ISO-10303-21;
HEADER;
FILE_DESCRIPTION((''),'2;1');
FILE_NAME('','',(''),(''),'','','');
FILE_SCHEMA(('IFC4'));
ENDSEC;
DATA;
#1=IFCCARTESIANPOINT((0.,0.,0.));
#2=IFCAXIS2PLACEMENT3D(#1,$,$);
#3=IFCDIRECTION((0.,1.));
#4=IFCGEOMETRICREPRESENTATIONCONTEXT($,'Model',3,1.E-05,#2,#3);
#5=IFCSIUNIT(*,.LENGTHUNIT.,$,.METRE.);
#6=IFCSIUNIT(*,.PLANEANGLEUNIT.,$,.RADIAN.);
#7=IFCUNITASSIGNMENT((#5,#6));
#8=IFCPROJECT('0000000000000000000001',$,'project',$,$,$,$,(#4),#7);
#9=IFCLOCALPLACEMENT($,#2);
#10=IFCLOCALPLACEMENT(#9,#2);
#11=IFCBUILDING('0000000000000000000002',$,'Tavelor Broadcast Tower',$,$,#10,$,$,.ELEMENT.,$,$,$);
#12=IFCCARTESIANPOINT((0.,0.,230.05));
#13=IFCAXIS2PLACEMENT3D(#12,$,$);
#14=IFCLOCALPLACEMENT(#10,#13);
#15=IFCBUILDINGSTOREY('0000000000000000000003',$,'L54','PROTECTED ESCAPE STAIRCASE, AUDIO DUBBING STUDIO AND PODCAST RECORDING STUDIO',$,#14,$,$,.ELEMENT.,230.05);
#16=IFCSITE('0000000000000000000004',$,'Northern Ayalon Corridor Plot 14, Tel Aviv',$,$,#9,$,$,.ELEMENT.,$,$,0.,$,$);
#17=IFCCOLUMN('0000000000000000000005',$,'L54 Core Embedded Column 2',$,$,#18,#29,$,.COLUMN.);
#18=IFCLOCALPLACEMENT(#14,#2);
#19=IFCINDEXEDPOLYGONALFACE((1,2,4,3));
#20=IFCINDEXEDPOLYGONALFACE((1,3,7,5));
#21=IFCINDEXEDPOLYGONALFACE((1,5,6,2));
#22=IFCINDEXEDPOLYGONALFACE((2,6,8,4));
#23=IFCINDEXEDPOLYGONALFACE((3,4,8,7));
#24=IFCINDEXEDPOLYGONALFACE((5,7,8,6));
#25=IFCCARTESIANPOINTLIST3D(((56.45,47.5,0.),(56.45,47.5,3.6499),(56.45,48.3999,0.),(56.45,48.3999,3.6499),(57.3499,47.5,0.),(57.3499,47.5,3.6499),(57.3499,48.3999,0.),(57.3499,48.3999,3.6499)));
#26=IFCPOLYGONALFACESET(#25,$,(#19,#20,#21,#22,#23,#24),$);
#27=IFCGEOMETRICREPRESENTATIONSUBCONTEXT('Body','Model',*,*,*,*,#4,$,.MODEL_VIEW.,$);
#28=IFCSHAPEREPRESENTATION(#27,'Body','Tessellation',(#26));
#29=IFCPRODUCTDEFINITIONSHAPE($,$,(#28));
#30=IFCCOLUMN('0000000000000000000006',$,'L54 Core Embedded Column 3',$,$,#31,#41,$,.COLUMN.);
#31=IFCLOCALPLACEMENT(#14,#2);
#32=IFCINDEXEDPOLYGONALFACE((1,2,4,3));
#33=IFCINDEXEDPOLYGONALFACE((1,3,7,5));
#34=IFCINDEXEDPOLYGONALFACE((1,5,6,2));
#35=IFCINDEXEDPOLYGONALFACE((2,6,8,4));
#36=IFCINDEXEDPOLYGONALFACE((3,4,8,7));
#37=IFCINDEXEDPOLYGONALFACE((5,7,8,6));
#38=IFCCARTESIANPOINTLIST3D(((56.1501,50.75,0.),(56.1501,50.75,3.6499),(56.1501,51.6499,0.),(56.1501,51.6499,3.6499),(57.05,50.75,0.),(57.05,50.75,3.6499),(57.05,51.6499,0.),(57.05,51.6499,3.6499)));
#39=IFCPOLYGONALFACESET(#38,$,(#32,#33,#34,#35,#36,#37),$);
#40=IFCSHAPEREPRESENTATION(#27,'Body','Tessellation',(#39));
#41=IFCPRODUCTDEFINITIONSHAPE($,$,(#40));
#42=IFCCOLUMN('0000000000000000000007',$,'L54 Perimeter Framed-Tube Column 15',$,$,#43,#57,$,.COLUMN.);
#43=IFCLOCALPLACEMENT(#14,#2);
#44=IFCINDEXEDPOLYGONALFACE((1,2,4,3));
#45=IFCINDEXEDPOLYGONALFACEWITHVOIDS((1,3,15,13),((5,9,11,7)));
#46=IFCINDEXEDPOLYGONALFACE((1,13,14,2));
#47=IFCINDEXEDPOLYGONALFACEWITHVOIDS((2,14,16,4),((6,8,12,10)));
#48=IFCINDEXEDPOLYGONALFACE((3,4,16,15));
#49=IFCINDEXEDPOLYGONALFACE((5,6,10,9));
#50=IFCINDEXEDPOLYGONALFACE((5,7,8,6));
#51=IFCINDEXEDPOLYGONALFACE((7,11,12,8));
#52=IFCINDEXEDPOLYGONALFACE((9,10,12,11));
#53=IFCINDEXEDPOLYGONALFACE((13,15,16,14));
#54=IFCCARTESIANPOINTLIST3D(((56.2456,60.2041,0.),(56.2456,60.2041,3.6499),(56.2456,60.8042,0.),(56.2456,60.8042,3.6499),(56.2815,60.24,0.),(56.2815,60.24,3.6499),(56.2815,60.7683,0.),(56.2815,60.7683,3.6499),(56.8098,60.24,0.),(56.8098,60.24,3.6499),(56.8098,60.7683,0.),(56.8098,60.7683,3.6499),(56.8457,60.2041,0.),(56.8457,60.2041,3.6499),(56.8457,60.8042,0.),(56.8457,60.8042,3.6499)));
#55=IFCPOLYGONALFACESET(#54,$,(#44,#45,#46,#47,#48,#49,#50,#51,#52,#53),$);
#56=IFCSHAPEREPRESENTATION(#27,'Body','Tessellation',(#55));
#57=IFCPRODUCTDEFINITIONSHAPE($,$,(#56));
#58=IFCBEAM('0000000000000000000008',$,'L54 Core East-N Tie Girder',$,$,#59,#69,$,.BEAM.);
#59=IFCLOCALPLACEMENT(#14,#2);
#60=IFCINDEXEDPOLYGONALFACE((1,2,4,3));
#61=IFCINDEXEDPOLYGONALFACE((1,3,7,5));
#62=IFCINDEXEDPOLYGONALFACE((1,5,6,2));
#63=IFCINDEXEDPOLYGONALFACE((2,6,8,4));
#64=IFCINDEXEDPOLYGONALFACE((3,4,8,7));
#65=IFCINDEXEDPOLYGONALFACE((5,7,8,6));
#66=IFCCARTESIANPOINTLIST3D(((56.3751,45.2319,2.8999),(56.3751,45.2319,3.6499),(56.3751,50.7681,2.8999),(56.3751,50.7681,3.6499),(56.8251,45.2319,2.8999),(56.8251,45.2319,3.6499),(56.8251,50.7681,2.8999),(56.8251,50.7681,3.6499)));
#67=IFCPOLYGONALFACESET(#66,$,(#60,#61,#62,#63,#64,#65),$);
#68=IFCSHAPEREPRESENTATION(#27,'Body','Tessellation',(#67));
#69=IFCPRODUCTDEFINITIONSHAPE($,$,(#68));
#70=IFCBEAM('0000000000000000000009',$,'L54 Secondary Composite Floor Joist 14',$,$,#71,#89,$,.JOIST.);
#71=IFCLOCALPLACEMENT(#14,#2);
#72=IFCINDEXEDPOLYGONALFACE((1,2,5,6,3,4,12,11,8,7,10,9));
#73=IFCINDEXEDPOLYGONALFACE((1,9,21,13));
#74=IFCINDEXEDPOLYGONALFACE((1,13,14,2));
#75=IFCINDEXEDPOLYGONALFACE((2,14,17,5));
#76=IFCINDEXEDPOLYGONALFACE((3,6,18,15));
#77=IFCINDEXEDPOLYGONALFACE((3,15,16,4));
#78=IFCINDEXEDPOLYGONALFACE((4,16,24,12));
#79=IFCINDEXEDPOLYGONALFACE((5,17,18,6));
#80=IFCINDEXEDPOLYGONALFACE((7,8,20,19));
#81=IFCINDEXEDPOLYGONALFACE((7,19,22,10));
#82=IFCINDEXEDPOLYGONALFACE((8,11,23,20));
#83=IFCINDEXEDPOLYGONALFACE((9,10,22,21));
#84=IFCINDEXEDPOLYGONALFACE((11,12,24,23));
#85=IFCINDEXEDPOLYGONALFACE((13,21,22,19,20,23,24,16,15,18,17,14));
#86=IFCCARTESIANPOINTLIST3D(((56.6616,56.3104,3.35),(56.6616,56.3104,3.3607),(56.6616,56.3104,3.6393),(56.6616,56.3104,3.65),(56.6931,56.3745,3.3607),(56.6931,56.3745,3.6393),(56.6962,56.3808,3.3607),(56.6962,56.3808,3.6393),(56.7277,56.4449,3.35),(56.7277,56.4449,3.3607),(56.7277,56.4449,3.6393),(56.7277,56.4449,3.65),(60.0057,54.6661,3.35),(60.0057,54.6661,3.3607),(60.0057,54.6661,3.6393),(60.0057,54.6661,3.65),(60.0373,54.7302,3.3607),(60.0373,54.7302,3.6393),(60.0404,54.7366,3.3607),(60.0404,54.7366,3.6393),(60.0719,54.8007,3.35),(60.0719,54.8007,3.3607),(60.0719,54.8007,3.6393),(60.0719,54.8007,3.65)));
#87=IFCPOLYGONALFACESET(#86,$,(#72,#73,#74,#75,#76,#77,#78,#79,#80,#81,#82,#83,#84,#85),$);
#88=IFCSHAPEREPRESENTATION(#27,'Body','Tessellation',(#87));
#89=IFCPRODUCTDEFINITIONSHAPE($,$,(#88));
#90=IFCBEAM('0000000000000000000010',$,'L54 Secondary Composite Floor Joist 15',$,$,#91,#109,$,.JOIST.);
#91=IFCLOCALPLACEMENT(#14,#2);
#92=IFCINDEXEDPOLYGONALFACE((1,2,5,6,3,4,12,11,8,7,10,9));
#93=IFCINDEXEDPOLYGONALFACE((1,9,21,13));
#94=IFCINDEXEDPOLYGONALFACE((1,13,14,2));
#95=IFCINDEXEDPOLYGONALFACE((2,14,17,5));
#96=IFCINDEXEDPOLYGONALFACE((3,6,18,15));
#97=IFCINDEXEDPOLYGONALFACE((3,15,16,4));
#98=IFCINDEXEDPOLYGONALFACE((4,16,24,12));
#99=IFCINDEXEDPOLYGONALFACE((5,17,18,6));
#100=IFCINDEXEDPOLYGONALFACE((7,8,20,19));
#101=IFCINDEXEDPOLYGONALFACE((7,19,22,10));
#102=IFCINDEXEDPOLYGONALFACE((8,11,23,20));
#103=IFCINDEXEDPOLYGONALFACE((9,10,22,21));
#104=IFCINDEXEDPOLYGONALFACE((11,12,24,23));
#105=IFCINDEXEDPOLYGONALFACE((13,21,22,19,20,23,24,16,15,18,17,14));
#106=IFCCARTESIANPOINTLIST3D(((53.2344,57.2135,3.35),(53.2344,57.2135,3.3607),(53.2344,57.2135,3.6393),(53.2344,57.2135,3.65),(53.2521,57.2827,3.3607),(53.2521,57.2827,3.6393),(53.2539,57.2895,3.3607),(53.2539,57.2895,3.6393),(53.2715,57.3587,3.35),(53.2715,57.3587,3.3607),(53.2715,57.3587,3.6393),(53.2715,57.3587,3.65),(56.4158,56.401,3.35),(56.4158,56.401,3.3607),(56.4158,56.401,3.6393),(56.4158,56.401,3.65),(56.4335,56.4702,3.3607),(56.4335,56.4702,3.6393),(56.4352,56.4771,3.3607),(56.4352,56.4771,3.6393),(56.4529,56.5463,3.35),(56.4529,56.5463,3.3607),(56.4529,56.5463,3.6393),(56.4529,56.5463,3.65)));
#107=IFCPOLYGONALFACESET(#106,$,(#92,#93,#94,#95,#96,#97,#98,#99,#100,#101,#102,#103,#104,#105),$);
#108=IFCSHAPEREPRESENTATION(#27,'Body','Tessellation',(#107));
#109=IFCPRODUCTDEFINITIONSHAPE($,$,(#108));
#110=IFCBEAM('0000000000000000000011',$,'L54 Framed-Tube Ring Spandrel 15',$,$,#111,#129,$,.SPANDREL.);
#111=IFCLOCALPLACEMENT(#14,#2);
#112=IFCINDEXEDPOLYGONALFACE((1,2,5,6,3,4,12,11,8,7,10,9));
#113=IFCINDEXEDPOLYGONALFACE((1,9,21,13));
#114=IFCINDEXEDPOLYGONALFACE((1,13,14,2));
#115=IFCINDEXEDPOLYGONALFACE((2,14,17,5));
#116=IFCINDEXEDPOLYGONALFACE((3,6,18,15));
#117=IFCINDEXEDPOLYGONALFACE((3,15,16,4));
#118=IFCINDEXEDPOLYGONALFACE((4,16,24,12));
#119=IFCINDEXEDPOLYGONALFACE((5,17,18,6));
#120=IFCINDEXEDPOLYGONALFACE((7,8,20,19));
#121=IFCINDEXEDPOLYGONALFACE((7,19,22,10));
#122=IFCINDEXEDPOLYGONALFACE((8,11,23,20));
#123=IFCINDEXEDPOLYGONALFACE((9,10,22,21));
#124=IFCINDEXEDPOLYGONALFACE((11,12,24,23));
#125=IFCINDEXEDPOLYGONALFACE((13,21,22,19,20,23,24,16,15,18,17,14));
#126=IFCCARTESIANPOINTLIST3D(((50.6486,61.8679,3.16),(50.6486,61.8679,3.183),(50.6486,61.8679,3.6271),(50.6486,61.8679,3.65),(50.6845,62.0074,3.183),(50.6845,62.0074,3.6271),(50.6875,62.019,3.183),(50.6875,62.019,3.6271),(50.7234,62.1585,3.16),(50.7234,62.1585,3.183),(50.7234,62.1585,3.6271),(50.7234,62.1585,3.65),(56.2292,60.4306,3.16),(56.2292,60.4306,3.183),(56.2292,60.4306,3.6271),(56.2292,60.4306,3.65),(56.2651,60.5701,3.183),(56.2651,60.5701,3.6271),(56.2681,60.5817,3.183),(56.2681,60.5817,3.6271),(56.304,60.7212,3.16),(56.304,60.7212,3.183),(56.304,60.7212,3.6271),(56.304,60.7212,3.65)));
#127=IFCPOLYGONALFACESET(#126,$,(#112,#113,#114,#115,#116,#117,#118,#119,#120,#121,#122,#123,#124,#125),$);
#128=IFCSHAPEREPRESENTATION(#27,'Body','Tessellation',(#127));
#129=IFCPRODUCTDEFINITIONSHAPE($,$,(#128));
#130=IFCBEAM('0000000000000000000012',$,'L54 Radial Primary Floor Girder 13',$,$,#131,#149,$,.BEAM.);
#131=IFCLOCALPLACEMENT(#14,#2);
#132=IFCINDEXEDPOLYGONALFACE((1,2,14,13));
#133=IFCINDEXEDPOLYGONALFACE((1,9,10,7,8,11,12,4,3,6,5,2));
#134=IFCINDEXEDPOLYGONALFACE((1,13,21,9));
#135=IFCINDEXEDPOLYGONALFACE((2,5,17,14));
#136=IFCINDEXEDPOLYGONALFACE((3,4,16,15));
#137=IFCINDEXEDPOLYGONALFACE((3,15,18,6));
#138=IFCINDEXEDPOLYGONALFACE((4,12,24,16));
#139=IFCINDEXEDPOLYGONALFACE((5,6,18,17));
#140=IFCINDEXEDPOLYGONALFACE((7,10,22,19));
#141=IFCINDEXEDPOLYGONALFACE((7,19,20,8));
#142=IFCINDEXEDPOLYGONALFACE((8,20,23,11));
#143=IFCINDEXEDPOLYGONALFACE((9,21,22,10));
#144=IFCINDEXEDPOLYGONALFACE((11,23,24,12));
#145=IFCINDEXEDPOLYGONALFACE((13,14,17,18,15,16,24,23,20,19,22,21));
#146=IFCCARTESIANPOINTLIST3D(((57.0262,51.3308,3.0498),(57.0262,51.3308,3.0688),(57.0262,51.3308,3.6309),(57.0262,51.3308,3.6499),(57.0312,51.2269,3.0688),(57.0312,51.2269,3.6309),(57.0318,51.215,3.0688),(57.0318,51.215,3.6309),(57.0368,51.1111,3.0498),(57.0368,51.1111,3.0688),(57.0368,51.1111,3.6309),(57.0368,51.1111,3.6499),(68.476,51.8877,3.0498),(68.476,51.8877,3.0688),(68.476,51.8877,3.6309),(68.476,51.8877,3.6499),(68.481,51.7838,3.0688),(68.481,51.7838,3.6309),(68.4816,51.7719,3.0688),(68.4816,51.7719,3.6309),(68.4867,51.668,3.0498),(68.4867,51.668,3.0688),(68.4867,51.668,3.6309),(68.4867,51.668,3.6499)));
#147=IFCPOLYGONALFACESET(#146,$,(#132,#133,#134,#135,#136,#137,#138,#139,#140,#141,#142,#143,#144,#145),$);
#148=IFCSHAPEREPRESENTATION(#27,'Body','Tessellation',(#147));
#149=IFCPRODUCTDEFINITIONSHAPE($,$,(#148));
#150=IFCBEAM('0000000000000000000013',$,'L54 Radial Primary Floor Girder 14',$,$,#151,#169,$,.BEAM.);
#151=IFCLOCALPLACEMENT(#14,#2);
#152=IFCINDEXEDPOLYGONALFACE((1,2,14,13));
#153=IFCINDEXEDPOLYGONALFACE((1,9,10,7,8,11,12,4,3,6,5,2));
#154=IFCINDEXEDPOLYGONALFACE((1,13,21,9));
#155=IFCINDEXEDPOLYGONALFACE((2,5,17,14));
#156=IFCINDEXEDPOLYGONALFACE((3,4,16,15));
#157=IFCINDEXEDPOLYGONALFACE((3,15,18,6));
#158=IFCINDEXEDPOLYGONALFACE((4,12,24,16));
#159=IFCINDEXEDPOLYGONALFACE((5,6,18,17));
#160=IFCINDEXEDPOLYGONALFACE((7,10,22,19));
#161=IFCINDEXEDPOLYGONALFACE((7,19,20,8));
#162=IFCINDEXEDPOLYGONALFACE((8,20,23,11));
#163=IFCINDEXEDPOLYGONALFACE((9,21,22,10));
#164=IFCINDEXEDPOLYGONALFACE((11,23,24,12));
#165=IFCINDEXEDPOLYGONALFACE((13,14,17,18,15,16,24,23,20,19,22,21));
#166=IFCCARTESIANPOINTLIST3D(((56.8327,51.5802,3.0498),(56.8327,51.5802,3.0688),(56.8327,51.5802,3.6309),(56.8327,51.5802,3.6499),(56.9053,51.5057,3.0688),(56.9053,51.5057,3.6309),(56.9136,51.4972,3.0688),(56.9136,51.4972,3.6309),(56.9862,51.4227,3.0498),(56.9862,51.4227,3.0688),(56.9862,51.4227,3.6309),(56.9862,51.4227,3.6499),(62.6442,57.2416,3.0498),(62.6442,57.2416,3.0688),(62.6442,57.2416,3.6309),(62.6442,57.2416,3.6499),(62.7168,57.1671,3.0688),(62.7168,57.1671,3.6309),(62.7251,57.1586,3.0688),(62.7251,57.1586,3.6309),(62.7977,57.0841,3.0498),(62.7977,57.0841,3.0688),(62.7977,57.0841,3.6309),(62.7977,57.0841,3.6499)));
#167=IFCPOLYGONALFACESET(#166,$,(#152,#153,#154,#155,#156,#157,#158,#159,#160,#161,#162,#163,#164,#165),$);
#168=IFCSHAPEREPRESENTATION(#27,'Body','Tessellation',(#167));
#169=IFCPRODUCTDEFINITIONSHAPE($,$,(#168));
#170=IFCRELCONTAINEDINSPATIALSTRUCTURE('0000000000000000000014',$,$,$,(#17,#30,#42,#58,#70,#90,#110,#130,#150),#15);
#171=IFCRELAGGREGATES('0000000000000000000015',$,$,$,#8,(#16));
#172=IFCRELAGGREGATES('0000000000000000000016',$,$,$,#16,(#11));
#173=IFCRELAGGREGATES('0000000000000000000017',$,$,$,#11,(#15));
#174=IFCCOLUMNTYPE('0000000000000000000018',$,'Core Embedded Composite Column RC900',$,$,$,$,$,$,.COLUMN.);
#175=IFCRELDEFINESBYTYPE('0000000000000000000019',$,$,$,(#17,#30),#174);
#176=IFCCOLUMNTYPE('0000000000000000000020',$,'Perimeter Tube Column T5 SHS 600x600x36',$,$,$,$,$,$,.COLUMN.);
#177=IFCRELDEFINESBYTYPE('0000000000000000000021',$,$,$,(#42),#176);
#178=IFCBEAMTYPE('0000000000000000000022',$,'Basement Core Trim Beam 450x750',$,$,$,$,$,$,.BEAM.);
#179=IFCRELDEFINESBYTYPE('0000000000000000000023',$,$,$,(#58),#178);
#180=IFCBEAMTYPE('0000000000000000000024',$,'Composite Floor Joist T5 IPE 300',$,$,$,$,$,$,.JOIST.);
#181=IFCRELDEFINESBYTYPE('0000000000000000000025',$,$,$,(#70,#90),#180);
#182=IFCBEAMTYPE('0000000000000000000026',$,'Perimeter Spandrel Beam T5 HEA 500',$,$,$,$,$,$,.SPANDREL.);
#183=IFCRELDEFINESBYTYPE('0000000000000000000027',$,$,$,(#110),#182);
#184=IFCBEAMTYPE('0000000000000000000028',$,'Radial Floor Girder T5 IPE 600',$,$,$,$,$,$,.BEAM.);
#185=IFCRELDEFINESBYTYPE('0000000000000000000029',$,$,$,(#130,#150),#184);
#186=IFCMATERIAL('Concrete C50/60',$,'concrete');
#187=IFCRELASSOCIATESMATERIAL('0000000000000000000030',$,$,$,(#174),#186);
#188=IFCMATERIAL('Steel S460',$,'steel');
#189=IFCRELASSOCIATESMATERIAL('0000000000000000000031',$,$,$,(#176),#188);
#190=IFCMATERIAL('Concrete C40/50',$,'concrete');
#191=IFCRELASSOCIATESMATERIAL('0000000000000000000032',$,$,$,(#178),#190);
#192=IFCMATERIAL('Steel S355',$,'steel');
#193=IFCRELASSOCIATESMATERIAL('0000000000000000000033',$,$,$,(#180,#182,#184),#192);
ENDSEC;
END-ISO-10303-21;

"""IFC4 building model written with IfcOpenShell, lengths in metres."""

from ifc_helpers import new_model, si_unit, direction, frame, origin, origin_2d, place, context, subcontext, project, spatial, rectangle, hollow_rectangle, i_section, extrude, material, material_profile, profile_set, type_object, element, save


model = new_model("IFC4")

# Units and contexts
model_context = context("Model", 3, precision=1e-05, world=origin(), true_north=direction((0.0, 1.0)))
body_context = subcontext(model_context, "Body", "Model", "MODEL_VIEW")
ifc_project = project(units=[si_unit("LENGTHUNIT", "METRE"), si_unit("PLANEANGLEUNIT", "RADIAN")], contexts=[model_context])

# Site, building, storey
site_placement = place(None, origin())
site = spatial("IfcSite", under=ifc_project, at=site_placement, Name="Northern Ayalon Corridor Plot 14, Tel Aviv", CompositionType="ELEMENT", RefElevation=0.0)
building_placement = place(site_placement, origin())
building = spatial("IfcBuilding", under=site, at=building_placement, Name="Tavelor Broadcast Tower", CompositionType="ELEMENT")
storey_placement = place(building_placement, frame((0.0, 0.0, 230.05)))
storey = spatial("IfcBuildingStorey", under=building, at=storey_placement, Name="L54", Description="PROTECTED ESCAPE STAIRCASE, AUDIO DUBBING STUDIO AND PODCAST RECORDING STUDIO", CompositionType="ELEMENT", Elevation=230.05)

# Columns
ifc_material_1 = material(Name="Concrete C50/60", Category="concrete")
ifc_material_profile_1 = material_profile(ifc_material_1, rectangle(XDim=0.8999, YDim=0.8999, at=origin_2d()), Name="RC 900x900")
ifc_profile_set_1 = profile_set([ifc_material_profile_1], Name="Concrete C50/60")
column_type_1 = type_object("IfcColumnType", Name="Core Embedded Composite Column RC900", PredefinedType="COLUMN", material=ifc_profile_set_1)
for number, where, z_axis, x_axis, name in (
    (1, (56.8999, 47.95, 0.0), (0.0, 0.0, 1.0), (1.0, 0.0, 0.0), "L54 Core Embedded Column 2"),
    (2, (56.6001, 51.2, 0.0), (0.0, 0.0, 1.0), (1.0, 0.0, 0.0), "L54 Core Embedded Column 3"),
):
    element("IfcColumn", number, at=place(storey_placement, frame(where, z_axis=z_axis, x_axis=x_axis)), inside=storey, type_object=column_type_1, Name=name, PredefinedType="COLUMN", context=body_context, shape_type="SweptSolid", body=[
        extrude(rectangle(XDim=0.8999, YDim=0.8999, at=origin_2d()), origin(), (0.0, 0.0, 1.0), 3.6499),
    ])
ifc_material_2 = material(Name="Steel S460", Category="steel")
ifc_material_profile_2 = material_profile(ifc_material_2, hollow_rectangle(XDim=0.6001, YDim=0.6001, WallThickness=0.0359, at=origin_2d()), Name="SHS 600x600x36")
ifc_profile_set_2 = profile_set([ifc_material_profile_2], Name="Steel S460")
column_type_2 = type_object("IfcColumnType", Name="Perimeter Tube Column T5 SHS 600x600x36", PredefinedType="COLUMN", material=ifc_profile_set_2)
column_placement = place(storey_placement, frame((56.5457, 60.5042, 0.0), z_axis=(0.0, 0.0, 1.0), x_axis=(1.0, 0.0, 0.0)))
element("IfcColumn", 3, at=column_placement, inside=storey, type_object=column_type_2, Name="L54 Perimeter Framed-Tube Column 15", PredefinedType="COLUMN", context=body_context, shape_type="SweptSolid", body=[
    extrude(hollow_rectangle(XDim=0.6001, YDim=0.6001, WallThickness=0.0359, at=origin_2d()), origin(), (0.0, 0.0, 1.0), 3.6499),
])

# Beams
ifc_material_3 = material(Name="Concrete C40/50", Category="concrete")
ifc_material_profile_3 = material_profile(ifc_material_3, rectangle(XDim=0.45, YDim=0.75, at=origin_2d()), Name="RC 450x750")
ifc_profile_set_3 = profile_set([ifc_material_profile_3], Name="Concrete C40/50")
beam_type_1 = type_object("IfcBeamType", Name="Basement Core Trim Beam 450x750", PredefinedType="BEAM", material=ifc_profile_set_3)
beam_1_placement = place(storey_placement, frame((56.6001, 45.2319, 3.2749), z_axis=(0.0, 1.0, 0.0), x_axis=(-1.0, 0.0, 0.0)))
element("IfcBeam", 4, at=beam_1_placement, inside=storey, type_object=beam_type_1, Name="L54 Core East-N Tie Girder", PredefinedType="BEAM", context=body_context, shape_type="SweptSolid", body=[
    extrude(rectangle(XDim=0.45, YDim=0.75, at=origin_2d()), origin(), (0.0, 0.0, 1.0), 5.5361),
])
ifc_material_4 = material(Name="Steel S355", Category="steel")
ifc_material_profile_4 = material_profile(ifc_material_4, i_section(OverallWidth=0.1499, OverallDepth=0.3, WebThickness=0.0071, FlangeThickness=0.0107, at=origin_2d()), Name="IPE 300")
ifc_profile_set_4 = profile_set([ifc_material_profile_4], Name="Steel S355")
beam_type_2 = type_object("IfcBeamType", Name="Composite Floor Joist T5 IPE 300", PredefinedType="JOIST", material=ifc_profile_set_4)
beam_2_placement = place(storey_placement, frame((60.0388, 54.7334, 3.5), z_axis=(-0.897395, 0.441229, 0.0), x_axis=(-0.441229, -0.897395, 0.0)))
element("IfcBeam", 5, at=beam_2_placement, inside=storey, type_object=beam_type_2, Name="L54 Secondary Composite Floor Joist 14", PredefinedType="JOIST", context=body_context, shape_type="SweptSolid", body=[
    extrude(i_section(OverallWidth=0.1499, OverallDepth=0.3, WebThickness=0.0071, FlangeThickness=0.0107, at=origin_2d()), origin(), (0.0, 0.0, 1.0), 3.7266),
])
beam_3_placement = place(storey_placement, frame((56.4343, 56.4736, 3.5), z_axis=(-0.968901, 0.247449, 0.0), x_axis=(-0.247449, -0.968901, 0.0)))
element("IfcBeam", 6, at=beam_3_placement, inside=storey, type_object=beam_type_2, Name="L54 Secondary Composite Floor Joist 15", PredefinedType="JOIST", context=body_context, shape_type="SweptSolid", body=[
    extrude(i_section(OverallWidth=0.1499, OverallDepth=0.3, WebThickness=0.0071, FlangeThickness=0.0107, at=origin_2d()), origin(), (0.0, 0.0, 1.0), 3.2834),
])
ifc_material_profile_5 = material_profile(ifc_material_4, i_section(OverallWidth=0.3, OverallDepth=0.49, WebThickness=0.012, FlangeThickness=0.0229, at=origin_2d()), Name="HEA 500")
ifc_profile_set_5 = profile_set([ifc_material_profile_5], Name="Steel S355")
beam_type_3 = type_object("IfcBeamType", Name="Perimeter Spandrel Beam T5 HEA 500", PredefinedType="SPANDREL", material=ifc_profile_set_5)
beam_4_placement = place(storey_placement, frame((56.2666, 60.5759, 3.405), z_axis=(-0.968399, 0.249408, 0.0), x_axis=(-0.249408, -0.968399, 0.0)))
element("IfcBeam", 7, at=beam_4_placement, inside=storey, type_object=beam_type_3, Name="L54 Framed-Tube Ring Spandrel 15", PredefinedType="SPANDREL", context=body_context, shape_type="SweptSolid", body=[
    extrude(i_section(OverallWidth=0.3, OverallDepth=0.49, WebThickness=0.012, FlangeThickness=0.0229, at=origin_2d()), origin(), (0.0, 0.0, 1.0), 5.7627),
])
ifc_material_profile_6 = material_profile(ifc_material_4, i_section(OverallWidth=0.22, OverallDepth=0.6001, WebThickness=0.012, FlangeThickness=0.019, at=origin_2d()), Name="IPE 600")
ifc_profile_set_6 = profile_set([ifc_material_profile_6], Name="Steel S355")
beam_type_4 = type_object("IfcBeamType", Name="Radial Floor Girder T5 IPE 600", PredefinedType="BEAM", material=ifc_profile_set_6)
beam_5_placement = place(storey_placement, frame((57.0315, 51.2209, 3.3499), z_axis=(0.998819, 0.048579, 0.0), x_axis=(-0.048579, 0.998819, 0.0)))
element("IfcBeam", 8, at=beam_5_placement, inside=storey, type_object=beam_type_4, Name="L54 Radial Primary Floor Girder 13", PredefinedType="BEAM", context=body_context, shape_type="SweptSolid", body=[
    extrude(i_section(OverallWidth=0.22, OverallDepth=0.6001, WebThickness=0.012, FlangeThickness=0.019, at=origin_2d()), origin(), (0.0, 0.0, 1.0), 11.4634),
])
beam_6_placement = place(storey_placement, frame((56.9094, 51.5015, 3.3499), z_axis=(0.716299, 0.697793, 0.0), x_axis=(-0.697793, 0.716299, 0.0)))
element("IfcBeam", 9, at=beam_6_placement, inside=storey, type_object=beam_type_4, Name="L54 Radial Primary Floor Girder 14", PredefinedType="BEAM", context=body_context, shape_type="SweptSolid", body=[
    extrude(i_section(OverallWidth=0.22, OverallDepth=0.6001, WebThickness=0.012, FlangeThickness=0.019, at=origin_2d()), origin(), (0.0, 0.0, 1.0), 8.1133),
])

save(model, "model.ifc")
